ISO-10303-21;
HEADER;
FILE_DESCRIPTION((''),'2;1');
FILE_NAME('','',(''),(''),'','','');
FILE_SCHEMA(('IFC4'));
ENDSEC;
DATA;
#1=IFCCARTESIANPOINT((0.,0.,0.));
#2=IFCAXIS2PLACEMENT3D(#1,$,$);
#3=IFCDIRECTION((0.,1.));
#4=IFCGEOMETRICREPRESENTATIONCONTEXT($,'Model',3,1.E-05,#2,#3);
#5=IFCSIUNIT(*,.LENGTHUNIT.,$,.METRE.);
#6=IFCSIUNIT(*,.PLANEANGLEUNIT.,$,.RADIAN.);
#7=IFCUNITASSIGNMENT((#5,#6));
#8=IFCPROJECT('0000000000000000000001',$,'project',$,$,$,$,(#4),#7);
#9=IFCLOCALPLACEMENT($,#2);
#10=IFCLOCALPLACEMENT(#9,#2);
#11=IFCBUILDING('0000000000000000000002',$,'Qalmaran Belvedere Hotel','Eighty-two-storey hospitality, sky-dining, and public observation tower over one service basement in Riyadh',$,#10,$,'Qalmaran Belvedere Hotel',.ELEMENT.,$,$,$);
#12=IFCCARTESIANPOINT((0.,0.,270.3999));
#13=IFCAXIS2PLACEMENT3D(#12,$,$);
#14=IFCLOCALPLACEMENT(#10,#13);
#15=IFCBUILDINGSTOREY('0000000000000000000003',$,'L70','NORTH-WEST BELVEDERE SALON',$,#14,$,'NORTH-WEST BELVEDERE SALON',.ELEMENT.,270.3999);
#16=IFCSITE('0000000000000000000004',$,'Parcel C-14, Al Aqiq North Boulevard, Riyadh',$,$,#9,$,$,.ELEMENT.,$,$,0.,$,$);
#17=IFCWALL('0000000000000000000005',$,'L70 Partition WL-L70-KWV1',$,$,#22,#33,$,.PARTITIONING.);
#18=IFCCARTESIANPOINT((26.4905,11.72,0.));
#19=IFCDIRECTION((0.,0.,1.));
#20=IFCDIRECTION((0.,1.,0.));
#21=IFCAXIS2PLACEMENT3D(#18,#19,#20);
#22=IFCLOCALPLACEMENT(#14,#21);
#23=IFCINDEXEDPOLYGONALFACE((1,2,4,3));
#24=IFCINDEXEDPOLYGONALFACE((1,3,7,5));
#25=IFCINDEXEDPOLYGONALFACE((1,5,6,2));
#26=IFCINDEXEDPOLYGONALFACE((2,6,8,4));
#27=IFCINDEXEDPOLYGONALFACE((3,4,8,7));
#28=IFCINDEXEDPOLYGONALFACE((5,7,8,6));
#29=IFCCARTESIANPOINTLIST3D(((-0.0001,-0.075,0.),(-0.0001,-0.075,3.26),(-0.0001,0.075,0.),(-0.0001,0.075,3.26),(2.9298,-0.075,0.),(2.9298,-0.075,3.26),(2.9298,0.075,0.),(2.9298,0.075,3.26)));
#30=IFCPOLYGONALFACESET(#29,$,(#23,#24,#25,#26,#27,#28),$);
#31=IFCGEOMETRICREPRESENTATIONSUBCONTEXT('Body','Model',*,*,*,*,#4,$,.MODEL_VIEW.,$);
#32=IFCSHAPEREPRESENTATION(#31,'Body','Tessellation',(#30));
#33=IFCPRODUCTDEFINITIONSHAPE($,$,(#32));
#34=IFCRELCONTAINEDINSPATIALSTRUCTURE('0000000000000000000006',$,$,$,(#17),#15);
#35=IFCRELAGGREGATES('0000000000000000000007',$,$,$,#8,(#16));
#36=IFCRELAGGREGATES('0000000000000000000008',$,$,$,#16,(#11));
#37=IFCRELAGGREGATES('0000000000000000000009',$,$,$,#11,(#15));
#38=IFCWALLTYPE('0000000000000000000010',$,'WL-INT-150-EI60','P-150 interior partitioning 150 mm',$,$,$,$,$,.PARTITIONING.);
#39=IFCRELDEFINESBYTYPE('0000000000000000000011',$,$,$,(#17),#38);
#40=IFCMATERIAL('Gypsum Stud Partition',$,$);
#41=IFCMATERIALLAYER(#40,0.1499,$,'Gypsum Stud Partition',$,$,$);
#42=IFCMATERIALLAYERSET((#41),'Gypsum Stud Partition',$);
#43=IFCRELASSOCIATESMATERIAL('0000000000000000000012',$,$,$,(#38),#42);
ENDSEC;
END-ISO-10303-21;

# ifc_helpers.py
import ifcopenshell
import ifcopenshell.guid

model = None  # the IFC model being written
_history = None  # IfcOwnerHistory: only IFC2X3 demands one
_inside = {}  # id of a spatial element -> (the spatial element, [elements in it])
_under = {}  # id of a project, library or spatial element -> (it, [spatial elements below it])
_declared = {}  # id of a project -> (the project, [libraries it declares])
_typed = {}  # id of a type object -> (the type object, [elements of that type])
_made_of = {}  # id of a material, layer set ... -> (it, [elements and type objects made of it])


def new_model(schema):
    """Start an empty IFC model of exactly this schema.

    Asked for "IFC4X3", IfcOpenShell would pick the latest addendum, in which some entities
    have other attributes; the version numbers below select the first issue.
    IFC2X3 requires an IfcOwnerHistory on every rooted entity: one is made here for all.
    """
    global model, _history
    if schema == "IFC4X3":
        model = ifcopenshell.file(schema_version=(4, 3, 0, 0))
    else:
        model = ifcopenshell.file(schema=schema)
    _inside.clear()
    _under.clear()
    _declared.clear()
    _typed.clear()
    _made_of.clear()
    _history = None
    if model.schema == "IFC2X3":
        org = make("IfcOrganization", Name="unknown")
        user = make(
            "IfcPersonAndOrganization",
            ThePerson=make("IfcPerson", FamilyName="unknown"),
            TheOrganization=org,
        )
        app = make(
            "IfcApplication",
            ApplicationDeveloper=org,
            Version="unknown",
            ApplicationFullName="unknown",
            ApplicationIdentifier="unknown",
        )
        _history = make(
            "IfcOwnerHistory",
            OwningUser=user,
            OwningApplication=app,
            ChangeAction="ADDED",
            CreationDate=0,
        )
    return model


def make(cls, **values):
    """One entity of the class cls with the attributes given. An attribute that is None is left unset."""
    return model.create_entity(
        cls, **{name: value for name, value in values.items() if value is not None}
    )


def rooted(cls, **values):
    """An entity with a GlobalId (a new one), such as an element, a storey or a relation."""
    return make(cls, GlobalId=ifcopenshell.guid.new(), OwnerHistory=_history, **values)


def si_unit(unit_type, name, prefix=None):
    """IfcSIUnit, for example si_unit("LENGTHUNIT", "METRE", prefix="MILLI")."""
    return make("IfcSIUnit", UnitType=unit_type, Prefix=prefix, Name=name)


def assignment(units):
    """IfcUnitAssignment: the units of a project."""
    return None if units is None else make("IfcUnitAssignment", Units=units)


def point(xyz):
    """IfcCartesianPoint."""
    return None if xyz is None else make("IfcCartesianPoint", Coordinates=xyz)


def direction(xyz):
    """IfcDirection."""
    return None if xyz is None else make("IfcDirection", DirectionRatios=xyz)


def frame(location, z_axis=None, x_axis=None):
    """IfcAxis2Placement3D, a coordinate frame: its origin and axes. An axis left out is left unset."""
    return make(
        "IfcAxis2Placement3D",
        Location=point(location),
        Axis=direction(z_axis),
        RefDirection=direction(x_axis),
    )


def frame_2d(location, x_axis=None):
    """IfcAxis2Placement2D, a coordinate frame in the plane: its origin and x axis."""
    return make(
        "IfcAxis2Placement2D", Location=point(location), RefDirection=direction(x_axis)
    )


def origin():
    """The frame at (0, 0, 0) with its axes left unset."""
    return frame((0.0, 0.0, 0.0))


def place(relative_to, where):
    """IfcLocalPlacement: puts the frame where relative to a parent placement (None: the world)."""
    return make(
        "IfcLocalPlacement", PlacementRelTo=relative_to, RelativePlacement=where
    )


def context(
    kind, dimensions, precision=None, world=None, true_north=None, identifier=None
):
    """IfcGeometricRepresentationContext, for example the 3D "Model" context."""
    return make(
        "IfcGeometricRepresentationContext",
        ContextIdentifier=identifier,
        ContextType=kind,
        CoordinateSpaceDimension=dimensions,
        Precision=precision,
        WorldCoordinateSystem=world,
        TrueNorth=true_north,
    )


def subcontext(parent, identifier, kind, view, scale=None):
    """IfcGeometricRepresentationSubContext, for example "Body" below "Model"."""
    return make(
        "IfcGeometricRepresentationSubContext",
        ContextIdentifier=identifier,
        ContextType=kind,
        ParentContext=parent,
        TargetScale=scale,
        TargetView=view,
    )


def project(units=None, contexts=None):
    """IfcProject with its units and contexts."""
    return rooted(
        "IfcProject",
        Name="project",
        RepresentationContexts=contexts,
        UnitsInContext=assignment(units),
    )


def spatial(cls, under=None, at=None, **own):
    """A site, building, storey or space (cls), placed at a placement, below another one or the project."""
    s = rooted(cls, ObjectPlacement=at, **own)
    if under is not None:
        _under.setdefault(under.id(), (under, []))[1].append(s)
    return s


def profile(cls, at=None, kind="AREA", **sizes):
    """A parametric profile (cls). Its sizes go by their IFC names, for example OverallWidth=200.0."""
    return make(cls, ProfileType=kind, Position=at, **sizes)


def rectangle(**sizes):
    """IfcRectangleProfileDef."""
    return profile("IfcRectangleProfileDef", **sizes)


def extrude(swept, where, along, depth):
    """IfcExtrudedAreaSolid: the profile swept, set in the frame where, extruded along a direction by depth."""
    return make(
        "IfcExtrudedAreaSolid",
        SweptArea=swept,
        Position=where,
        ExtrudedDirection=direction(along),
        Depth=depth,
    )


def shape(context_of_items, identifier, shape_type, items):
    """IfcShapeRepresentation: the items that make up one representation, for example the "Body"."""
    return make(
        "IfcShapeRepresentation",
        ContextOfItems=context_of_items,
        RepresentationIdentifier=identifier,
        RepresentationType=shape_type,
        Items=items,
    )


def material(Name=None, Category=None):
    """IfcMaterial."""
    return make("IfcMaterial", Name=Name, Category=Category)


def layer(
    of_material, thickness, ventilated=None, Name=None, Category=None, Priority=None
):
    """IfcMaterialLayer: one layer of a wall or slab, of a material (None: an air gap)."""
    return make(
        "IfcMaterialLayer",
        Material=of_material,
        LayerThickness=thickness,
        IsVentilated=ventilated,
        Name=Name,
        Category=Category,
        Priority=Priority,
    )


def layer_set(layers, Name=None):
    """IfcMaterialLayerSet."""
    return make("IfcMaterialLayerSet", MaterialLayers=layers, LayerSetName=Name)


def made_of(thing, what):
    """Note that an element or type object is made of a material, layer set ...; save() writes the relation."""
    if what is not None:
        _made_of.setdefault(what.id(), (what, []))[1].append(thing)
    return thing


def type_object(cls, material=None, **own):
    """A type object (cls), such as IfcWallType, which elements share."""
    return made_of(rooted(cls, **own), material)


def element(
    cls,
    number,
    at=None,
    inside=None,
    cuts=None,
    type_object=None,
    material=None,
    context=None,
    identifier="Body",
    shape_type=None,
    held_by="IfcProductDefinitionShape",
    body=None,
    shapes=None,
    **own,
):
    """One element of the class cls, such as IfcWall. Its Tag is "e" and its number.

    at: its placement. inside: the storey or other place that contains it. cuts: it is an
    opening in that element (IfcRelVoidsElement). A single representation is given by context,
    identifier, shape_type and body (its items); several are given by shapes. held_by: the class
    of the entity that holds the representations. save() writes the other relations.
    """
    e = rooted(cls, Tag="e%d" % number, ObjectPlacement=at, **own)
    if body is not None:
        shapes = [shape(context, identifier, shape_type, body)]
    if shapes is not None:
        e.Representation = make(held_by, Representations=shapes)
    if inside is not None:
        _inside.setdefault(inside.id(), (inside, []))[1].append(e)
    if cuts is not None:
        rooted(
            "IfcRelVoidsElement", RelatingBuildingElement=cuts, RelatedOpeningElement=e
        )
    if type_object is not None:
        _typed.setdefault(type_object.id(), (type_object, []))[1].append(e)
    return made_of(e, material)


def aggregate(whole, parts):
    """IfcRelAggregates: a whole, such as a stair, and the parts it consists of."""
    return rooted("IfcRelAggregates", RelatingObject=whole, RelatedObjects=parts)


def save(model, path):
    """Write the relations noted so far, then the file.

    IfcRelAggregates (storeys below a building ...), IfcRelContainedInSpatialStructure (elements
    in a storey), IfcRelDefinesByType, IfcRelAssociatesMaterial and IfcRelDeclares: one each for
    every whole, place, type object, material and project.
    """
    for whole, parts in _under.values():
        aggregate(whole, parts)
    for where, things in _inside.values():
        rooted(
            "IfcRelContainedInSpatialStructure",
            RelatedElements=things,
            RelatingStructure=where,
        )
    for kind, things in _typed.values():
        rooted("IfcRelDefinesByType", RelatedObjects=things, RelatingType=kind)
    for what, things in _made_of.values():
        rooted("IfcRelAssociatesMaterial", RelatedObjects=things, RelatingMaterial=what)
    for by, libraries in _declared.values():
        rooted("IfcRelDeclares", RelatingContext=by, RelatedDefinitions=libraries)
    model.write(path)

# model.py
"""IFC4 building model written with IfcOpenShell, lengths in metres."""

from ifc_helpers import new_model, si_unit, direction, frame, frame_2d, origin, place, context, subcontext, project, spatial, rectangle, extrude, material, layer, layer_set, type_object, element, save


model = new_model("IFC4")

# Units and contexts
model_context = context("Model", 3, precision=1e-05, world=origin(), true_north=direction((0.0, 1.0)))
body_context = subcontext(model_context, "Body", "Model", "MODEL_VIEW")
ifc_project = project(units=[si_unit("LENGTHUNIT", "METRE"), si_unit("PLANEANGLEUNIT", "RADIAN")], contexts=[model_context])

# Site, building, storey
site_placement = place(None, origin())
site = spatial("IfcSite", under=ifc_project, at=site_placement, Name="Parcel C-14, Al Aqiq North Boulevard, Riyadh", CompositionType="ELEMENT", RefElevation=0.0)
building_placement = place(site_placement, origin())
building = spatial("IfcBuilding", under=site, at=building_placement, Name="Qalmaran Belvedere Hotel", Description="Eighty-two-storey hospitality, sky-dining, and public observation tower over one service basement in Riyadh", LongName="Qalmaran Belvedere Hotel", CompositionType="ELEMENT")
storey_placement = place(building_placement, frame((0.0, 0.0, 270.3999)))
storey = spatial("IfcBuildingStorey", under=building, at=storey_placement, Name="L70", Description="NORTH-WEST BELVEDERE SALON", LongName="NORTH-WEST BELVEDERE SALON", CompositionType="ELEMENT", Elevation=270.3999)

# Wall
ifc_material_1 = material(Name="Gypsum Stud Partition")
ifc_layer_1 = layer(ifc_material_1, 0.1499, Name="Gypsum Stud Partition")
ifc_layer_set_1 = layer_set([ifc_layer_1], Name="Gypsum Stud Partition")
wall_type_1 = type_object("IfcWallType", Name="WL-INT-150-EI60", Description="P-150 interior partitioning 150 mm", PredefinedType="PARTITIONING", material=ifc_layer_set_1)
wall_1_placement = place(storey_placement, frame((26.4905, 11.72, 0.0), z_axis=(0.0, 0.0, 1.0), x_axis=(0.0, 1.0, 0.0)))
element("IfcWall", 1, at=wall_1_placement, inside=storey, type_object=wall_type_1, Name="L70 Partition WL-L70-KWV1", PredefinedType="PARTITIONING", context=body_context, shape_type="SweptSolid", body=[
    extrude(rectangle(XDim=2.9299, YDim=0.1499, at=frame_2d((1.4648, 0.0))), origin(), (0.0, 0.0, 1.0), 3.26),
])

save(model, "model.ifc")
